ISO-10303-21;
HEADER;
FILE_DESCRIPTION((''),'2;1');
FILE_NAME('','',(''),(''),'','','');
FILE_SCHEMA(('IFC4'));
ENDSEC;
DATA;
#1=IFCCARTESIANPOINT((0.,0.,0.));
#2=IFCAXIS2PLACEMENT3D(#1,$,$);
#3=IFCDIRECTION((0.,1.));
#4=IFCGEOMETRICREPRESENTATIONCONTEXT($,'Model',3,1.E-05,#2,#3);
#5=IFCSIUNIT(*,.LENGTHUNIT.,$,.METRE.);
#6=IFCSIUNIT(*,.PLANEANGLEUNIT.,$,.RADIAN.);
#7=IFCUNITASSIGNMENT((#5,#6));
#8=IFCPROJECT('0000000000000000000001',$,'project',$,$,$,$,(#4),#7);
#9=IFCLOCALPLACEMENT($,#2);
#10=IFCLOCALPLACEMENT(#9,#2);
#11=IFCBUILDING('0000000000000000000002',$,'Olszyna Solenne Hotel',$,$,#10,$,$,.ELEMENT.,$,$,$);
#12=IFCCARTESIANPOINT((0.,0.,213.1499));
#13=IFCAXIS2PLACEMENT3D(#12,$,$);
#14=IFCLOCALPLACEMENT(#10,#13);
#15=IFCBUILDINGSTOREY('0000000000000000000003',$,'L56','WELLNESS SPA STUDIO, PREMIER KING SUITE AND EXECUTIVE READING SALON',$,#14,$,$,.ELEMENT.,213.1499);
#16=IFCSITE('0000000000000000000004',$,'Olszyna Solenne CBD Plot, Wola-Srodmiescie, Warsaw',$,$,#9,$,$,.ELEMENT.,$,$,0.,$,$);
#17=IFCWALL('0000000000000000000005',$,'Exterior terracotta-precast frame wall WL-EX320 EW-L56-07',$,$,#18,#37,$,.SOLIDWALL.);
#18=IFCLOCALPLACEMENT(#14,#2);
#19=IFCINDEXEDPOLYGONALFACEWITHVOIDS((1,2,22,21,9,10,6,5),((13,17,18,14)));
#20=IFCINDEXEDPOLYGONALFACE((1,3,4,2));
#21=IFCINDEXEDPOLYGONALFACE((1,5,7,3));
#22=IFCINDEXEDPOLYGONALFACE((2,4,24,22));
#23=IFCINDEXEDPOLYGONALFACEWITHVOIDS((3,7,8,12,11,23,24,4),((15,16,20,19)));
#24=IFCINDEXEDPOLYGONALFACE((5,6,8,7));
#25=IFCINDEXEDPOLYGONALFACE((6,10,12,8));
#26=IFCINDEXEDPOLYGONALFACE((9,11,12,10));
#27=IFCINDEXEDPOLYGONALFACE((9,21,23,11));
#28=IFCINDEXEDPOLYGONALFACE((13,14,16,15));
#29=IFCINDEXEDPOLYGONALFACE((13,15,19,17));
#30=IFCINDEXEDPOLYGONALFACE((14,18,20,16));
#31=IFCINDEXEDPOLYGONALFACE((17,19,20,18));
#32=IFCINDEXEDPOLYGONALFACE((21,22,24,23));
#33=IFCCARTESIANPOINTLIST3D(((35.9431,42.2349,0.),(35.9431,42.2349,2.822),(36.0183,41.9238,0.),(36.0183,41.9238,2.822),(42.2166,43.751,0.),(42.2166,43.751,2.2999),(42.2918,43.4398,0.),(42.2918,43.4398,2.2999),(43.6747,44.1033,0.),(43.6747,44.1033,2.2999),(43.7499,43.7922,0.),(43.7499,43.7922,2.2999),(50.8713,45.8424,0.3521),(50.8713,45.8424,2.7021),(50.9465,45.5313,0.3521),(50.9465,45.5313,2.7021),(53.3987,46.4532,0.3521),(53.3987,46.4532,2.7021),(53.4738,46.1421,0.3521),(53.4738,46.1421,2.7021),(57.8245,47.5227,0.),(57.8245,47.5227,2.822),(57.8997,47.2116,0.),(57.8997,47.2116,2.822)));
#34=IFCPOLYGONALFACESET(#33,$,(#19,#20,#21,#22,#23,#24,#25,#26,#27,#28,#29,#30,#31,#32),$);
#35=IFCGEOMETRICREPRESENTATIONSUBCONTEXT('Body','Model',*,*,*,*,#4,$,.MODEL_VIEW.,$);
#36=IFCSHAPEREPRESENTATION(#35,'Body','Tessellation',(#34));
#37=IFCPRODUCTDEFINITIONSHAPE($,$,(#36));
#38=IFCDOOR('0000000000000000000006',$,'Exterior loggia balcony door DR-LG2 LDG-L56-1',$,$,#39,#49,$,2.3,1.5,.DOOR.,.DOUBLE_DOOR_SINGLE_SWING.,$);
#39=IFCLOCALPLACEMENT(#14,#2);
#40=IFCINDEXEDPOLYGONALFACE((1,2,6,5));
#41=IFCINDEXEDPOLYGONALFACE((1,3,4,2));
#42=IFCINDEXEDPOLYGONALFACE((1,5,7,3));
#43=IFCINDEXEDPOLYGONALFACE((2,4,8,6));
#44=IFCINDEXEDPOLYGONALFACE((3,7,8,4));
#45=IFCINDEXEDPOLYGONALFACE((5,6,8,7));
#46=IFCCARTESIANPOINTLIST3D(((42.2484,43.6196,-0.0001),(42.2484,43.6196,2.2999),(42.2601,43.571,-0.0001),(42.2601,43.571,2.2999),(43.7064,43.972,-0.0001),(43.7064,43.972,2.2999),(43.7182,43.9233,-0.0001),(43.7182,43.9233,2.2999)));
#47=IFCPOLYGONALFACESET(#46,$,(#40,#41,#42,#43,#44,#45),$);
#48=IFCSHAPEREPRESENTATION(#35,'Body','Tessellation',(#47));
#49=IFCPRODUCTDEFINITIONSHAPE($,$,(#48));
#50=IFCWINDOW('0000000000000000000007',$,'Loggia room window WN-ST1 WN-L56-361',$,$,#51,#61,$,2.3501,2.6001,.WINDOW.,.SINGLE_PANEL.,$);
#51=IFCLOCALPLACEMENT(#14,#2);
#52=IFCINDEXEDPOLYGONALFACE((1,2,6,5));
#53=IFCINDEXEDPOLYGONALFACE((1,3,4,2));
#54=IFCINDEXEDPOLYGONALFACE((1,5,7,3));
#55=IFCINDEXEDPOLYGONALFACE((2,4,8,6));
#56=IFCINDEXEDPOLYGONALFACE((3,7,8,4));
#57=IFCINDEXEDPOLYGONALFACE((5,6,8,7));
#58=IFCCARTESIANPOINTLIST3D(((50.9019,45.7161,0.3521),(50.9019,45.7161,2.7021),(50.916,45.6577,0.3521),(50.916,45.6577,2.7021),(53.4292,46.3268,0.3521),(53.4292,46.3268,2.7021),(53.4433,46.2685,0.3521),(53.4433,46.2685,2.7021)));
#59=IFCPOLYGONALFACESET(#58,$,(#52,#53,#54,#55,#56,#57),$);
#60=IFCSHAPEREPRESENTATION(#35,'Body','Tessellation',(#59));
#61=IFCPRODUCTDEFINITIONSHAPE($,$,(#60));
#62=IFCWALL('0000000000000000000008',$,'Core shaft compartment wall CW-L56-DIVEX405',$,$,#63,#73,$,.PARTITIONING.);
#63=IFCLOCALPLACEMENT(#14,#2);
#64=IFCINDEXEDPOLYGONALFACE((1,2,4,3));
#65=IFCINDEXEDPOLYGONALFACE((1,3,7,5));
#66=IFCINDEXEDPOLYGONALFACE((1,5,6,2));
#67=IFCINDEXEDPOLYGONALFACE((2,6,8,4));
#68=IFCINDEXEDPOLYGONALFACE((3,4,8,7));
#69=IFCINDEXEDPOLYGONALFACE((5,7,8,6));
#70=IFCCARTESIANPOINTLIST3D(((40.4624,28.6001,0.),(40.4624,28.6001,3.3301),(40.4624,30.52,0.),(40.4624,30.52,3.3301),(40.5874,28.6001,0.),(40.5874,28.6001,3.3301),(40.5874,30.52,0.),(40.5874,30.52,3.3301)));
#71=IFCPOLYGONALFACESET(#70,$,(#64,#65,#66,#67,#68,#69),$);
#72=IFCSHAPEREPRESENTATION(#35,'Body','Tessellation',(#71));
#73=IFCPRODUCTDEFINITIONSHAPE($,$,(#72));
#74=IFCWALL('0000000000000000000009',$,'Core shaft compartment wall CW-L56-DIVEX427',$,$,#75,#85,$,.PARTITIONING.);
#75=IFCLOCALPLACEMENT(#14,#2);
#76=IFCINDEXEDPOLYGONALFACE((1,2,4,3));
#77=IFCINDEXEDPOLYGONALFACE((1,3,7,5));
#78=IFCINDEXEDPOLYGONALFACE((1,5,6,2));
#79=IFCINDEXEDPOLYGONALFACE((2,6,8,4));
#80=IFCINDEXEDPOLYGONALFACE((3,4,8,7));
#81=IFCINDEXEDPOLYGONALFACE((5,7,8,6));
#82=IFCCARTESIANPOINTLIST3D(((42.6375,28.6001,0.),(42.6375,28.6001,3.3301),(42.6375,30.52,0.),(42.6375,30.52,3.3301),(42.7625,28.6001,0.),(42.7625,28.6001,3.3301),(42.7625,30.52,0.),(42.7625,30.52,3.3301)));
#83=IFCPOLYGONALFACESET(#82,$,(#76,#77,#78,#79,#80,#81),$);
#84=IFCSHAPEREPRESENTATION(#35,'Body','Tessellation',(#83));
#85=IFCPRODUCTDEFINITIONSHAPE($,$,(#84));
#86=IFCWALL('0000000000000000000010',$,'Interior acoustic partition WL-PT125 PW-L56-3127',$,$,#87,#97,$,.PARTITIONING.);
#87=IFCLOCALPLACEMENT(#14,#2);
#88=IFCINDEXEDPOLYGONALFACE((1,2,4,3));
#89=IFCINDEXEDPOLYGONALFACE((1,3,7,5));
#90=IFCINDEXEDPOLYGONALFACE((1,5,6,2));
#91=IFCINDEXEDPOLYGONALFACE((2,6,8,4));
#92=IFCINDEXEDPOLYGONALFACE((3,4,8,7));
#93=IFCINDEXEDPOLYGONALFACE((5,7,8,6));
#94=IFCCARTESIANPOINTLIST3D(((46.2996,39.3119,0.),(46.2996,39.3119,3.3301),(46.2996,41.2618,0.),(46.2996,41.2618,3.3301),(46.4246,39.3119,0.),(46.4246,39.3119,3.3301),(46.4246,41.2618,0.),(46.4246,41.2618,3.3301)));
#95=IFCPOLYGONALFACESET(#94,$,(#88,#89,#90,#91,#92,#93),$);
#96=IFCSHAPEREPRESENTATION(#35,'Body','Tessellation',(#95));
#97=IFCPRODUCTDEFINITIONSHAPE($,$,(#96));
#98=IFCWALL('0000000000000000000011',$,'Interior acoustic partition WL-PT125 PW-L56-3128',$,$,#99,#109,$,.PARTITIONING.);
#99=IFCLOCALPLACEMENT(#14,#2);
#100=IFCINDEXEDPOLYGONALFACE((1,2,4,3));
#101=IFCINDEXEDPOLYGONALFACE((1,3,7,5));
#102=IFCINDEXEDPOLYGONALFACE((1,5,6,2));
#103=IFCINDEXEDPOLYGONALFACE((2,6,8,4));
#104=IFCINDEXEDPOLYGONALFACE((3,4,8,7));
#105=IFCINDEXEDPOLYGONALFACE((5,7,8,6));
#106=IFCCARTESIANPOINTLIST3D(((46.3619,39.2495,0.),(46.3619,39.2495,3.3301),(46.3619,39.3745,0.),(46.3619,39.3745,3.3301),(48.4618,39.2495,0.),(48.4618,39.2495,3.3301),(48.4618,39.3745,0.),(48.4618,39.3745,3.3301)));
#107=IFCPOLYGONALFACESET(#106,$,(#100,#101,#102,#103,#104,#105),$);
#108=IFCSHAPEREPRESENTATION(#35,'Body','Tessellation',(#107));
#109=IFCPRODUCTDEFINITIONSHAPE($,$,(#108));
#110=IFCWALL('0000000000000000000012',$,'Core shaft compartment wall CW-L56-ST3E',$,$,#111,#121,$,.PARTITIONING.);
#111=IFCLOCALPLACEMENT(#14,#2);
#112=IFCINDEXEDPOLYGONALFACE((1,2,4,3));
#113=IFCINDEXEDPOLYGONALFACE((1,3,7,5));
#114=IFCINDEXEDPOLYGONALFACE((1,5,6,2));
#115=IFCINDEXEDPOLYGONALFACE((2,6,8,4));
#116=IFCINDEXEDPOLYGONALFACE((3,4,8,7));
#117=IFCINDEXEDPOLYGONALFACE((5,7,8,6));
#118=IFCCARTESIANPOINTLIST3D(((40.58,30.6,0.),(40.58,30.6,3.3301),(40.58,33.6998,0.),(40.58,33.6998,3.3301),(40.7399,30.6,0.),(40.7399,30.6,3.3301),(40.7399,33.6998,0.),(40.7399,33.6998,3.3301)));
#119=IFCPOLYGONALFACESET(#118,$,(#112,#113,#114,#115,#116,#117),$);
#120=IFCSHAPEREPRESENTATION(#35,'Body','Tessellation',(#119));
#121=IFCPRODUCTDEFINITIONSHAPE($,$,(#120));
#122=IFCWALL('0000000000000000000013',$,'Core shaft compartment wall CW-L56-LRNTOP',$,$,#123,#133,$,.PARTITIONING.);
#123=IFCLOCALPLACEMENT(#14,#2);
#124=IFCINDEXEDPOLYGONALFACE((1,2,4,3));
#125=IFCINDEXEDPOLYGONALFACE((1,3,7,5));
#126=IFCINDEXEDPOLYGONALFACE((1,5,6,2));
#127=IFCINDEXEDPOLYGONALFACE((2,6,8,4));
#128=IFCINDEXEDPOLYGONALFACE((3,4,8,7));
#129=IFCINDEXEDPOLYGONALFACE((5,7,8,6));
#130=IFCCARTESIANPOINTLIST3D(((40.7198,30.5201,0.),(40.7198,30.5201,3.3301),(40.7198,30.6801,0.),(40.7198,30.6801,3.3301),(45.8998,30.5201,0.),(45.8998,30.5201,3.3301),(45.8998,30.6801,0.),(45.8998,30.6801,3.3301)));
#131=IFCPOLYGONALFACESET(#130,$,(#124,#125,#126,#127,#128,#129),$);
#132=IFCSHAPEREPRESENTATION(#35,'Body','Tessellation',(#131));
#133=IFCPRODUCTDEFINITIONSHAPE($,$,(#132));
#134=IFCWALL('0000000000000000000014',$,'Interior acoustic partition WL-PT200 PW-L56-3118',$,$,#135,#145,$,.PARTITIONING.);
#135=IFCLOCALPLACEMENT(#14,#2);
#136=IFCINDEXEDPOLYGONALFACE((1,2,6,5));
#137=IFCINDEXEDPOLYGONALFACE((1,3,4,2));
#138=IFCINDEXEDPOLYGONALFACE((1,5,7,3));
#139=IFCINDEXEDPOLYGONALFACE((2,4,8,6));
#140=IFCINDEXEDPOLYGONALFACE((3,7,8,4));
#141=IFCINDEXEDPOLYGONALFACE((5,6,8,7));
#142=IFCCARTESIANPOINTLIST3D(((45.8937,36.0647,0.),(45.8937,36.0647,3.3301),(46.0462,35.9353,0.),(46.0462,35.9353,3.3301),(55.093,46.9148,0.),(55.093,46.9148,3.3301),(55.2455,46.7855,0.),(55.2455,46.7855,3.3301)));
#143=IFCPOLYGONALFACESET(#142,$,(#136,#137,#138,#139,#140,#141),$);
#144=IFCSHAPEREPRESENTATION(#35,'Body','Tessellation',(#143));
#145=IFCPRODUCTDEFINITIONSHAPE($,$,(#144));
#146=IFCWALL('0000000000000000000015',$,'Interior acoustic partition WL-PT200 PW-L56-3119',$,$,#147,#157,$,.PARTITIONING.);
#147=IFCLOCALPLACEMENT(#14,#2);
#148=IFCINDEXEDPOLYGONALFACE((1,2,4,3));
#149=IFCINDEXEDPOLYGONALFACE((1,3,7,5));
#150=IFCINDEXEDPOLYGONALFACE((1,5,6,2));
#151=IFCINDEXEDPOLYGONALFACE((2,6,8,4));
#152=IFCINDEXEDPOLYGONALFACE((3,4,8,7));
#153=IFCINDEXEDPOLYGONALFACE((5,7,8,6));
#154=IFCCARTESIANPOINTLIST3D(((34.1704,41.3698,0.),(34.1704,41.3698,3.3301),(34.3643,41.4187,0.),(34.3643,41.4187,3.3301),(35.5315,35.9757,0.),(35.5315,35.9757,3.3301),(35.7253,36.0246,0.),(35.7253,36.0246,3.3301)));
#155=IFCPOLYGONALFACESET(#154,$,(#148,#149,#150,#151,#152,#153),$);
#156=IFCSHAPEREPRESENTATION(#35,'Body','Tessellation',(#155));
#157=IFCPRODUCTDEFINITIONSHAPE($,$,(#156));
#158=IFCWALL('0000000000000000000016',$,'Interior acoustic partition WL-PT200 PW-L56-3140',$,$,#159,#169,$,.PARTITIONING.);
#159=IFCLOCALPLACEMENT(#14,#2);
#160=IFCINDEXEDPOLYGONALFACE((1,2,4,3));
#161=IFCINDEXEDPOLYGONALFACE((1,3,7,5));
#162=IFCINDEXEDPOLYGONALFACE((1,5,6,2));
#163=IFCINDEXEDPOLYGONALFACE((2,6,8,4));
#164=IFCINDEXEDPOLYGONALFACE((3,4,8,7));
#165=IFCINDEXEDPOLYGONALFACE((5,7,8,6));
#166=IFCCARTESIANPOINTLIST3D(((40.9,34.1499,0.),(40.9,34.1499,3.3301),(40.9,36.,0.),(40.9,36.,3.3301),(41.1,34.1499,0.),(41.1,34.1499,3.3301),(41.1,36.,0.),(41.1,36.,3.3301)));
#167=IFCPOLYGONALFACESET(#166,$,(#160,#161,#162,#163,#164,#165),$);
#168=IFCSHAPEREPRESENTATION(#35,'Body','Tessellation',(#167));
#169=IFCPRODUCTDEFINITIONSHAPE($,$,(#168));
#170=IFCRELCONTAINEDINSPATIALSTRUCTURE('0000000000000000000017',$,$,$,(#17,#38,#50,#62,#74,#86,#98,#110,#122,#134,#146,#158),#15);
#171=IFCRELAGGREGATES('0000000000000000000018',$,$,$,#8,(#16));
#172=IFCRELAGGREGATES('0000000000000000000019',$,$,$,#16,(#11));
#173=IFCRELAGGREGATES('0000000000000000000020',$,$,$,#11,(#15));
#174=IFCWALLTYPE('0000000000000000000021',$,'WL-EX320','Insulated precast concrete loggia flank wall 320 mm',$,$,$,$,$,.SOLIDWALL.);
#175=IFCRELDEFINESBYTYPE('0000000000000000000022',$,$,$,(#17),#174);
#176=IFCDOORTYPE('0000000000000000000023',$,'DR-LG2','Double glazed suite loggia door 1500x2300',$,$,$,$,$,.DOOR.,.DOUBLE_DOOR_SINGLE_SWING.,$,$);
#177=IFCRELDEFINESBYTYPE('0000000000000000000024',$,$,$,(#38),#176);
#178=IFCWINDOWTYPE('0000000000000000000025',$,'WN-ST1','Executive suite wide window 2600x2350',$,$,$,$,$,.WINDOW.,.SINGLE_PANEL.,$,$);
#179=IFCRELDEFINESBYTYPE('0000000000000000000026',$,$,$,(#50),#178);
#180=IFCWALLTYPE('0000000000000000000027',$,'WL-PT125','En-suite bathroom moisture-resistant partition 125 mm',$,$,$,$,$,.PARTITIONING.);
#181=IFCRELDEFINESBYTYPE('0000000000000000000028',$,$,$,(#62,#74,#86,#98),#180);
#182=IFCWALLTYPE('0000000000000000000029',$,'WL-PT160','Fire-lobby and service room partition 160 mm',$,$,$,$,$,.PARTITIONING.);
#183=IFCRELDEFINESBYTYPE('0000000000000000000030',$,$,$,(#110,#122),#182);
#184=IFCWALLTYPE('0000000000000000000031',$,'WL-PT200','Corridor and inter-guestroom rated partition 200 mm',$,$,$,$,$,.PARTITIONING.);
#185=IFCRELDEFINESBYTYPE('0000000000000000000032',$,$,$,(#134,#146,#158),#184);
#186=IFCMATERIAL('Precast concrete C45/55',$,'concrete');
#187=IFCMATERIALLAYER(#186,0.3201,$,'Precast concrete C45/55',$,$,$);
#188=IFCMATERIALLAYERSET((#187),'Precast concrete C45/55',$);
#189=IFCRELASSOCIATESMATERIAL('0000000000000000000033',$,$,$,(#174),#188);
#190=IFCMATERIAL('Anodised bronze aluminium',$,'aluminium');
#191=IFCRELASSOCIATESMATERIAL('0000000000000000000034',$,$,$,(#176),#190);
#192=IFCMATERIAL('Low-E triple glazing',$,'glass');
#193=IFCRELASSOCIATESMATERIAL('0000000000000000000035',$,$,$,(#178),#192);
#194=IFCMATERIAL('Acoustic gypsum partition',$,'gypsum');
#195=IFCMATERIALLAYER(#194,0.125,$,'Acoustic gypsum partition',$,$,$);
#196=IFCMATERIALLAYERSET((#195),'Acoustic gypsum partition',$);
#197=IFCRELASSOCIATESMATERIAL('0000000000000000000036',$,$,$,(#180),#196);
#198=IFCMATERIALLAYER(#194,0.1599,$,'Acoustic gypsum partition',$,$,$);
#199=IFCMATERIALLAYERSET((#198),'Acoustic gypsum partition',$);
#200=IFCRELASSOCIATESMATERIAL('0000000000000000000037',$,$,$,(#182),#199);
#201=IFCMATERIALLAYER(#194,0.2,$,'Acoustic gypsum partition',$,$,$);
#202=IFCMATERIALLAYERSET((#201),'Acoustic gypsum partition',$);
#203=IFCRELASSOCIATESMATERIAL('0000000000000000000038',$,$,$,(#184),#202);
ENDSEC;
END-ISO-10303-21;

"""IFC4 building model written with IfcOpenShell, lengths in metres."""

from ifc_helpers import new_model, si_unit, direction, frame, frame_2d, origin, place, context, subcontext, project, spatial, rectangle, extrude, source, transform, mapped, material, layer, layer_set, type_object, type_shapes, element, fill, save


model = new_model("IFC4")

# Units and contexts
model_context = context("Model", 3, precision=1e-05, world=origin(), true_north=direction((0.0, 1.0)))
body_context = subcontext(model_context, "Body", "Model", "MODEL_VIEW")
ifc_project = project(units=[si_unit("LENGTHUNIT", "METRE"), si_unit("PLANEANGLEUNIT", "RADIAN")], contexts=[model_context])

# Site, building, storey
site_placement = place(None, origin())
site = spatial("IfcSite", under=ifc_project, at=site_placement, Name="Olszyna Solenne CBD Plot, Wola-Srodmiescie, Warsaw", CompositionType="ELEMENT", RefElevation=0.0)
building_placement = place(site_placement, origin())
building = spatial("IfcBuilding", under=site, at=building_placement, Name="Olszyna Solenne Hotel", CompositionType="ELEMENT")
storey_placement = place(building_placement, frame((0.0, 0.0, 213.1499)))
storey = spatial("IfcBuildingStorey", under=building, at=storey_placement, Name="L56", Description="WELLNESS SPA STUDIO, PREMIER KING SUITE AND EXECUTIVE READING SALON", CompositionType="ELEMENT", Elevation=213.1499)

# Wall, openings, door, window
ifc_material_1 = material(Name="Precast concrete C45/55", Category="concrete")
ifc_layer_1 = layer(ifc_material_1, 0.3201, Name="Precast concrete C45/55")
ifc_layer_set_1 = layer_set([ifc_layer_1], Name="Precast concrete C45/55")
wall_type_1 = type_object("IfcWallType", Name="WL-EX320", Description="Insulated precast concrete loggia flank wall 320 mm", PredefinedType="SOLIDWALL", material=ifc_layer_set_1)
wall_1_placement = place(storey_placement, frame((35.9807, 42.0793, 0.0), z_axis=(0.0, 0.0, 1.0), x_axis=(0.97202, 0.234898, 0.0)))
wall_1 = element("IfcWall", 1, at=wall_1_placement, inside=storey, type_object=wall_type_1, Name="Exterior terracotta-precast frame wall WL-EX320 EW-L56-07", PredefinedType="SOLIDWALL", context=body_context, shape_type="SweptSolid", body=[
    extrude(rectangle(XDim=22.5112, YDim=0.3201, at=frame_2d((11.2556, 0.0))), origin(), (0.0, 0.0, 1.0), 2.822),
])
opening_1_placement = place(wall_1_placement, frame((6.4541, 0.0, 0.0)))
opening_1 = element("IfcOpeningElement", 2, at=opening_1_placement, cuts=wall_1, PredefinedType="OPENING", context=body_context, shape_type="SweptSolid", body=[
    extrude(rectangle(XDim=1.5, YDim=2.3, at=frame_2d((0.75, 1.1499))), frame((0.0, 0.1699, 0.0), z_axis=(0.0, -1.0, 0.0), x_axis=(1.0, 0.0, 0.0)), (0.0, 0.0, 1.0), 0.3401),
])
opening_2_placement = place(wall_1_placement, frame((15.3579, 0.0, 0.3521)))
opening_2 = element("IfcOpeningElement", 3, at=opening_2_placement, cuts=wall_1, PredefinedType="OPENING", context=body_context, shape_type="SweptSolid", body=[
    extrude(rectangle(XDim=2.6001, YDim=2.3501, at=frame_2d((1.3, 1.175))), frame((0.0, 0.1699, 0.0), z_axis=(0.0, -1.0, 0.0), x_axis=(1.0, 0.0, 0.0)), (0.0, 0.0, 1.0), 0.3401),
])
ifc_material_2 = material(Name="Anodised bronze aluminium", Category="aluminium")
door_type_1 = type_object("IfcDoorType", Name="DR-LG2", Description="Double glazed suite loggia door 1500x2300", OperationType="DOUBLE_DOOR_SINGLE_SWING", PredefinedType="DOOR", material=ifc_material_2)
shared_shape_1 = source(origin(), body_context, "Body", "SweptSolid", [
    extrude(rectangle(XDim=1.5, YDim=2.3, at=frame_2d((0.75, 1.1499))), frame((0.0, 0.0249, 0.0), z_axis=(0.0, -1.0, 0.0), x_axis=(1.0, 0.0, 0.0)), (0.0, 0.0, 1.0), 0.05),
])
type_shapes(door_type_1, [shared_shape_1])
door_1_placement = place(opening_1_placement, origin())
door_1 = element("IfcDoor", 4, at=door_1_placement, inside=storey, type_object=door_type_1, Name="Exterior loggia balcony door DR-LG2 LDG-L56-1", OperationType="DOUBLE_DOOR_SINGLE_SWING", OverallHeight=2.3, OverallWidth=1.5, PredefinedType="DOOR", context=body_context, shape_type="MappedRepresentation", body=[
    mapped(shared_shape_1, transform((0.0, 0.0, 0.0), x_axis=(1.0, 0.0, 0.0), y_axis=(0.0, 1.0, 0.0), z_axis=(0.0, 0.0, 1.0), scale=1.0)),
])
fill(opening_1, door_1)
ifc_material_3 = material(Name="Low-E triple glazing", Category="glass")
window_type = type_object("IfcWindowType", Name="WN-ST1", Description="Executive suite wide window 2600x2350", PartitioningType="SINGLE_PANEL", PredefinedType="WINDOW", material=ifc_material_3)
shared_shape_2 = source(origin(), body_context, "Body", "SweptSolid", [
    extrude(rectangle(XDim=2.6001, YDim=2.3501, at=frame_2d((1.3, 1.175))), frame((0.0, 0.03, 0.0), z_axis=(0.0, -1.0, 0.0), x_axis=(1.0, 0.0, 0.0)), (0.0, 0.0, 1.0), 0.0601),
])
type_shapes(window_type, [shared_shape_2])
window_placement = place(opening_2_placement, origin())
window = element("IfcWindow", 5, at=window_placement, inside=storey, type_object=window_type, Name="Loggia room window WN-ST1 WN-L56-361", OverallHeight=2.3501, OverallWidth=2.6001, PartitioningType="SINGLE_PANEL", PredefinedType="WINDOW", context=body_context, shape_type="MappedRepresentation", body=[
    mapped(shared_shape_2, transform((0.0, 0.0, 0.0), x_axis=(1.0, 0.0, 0.0), y_axis=(0.0, 1.0, 0.0), z_axis=(0.0, 0.0, 1.0), scale=1.0)),
])
fill(opening_2, window)

# Walls
ifc_material_4 = material(Name="Acoustic gypsum partition", Category="gypsum")
ifc_layer_2 = layer(ifc_material_4, 0.125, Name="Acoustic gypsum partition")
ifc_layer_set_2 = layer_set([ifc_layer_2], Name="Acoustic gypsum partition")
wall_type_2 = type_object("IfcWallType", Name="WL-PT125", Description="En-suite bathroom moisture-resistant partition 125 mm", PredefinedType="PARTITIONING", material=ifc_layer_set_2)
for number, where, z_axis, x_axis, name in (
    (6, (40.5249, 28.6001, 0.0), (0.0, 0.0, 1.0), (0.0, 1.0, 0.0), "Core shaft compartment wall CW-L56-DIVEX405"),
    (7, (42.7, 28.6001, 0.0), (0.0, 0.0, 1.0), (0.0, 1.0, 0.0), "Core shaft compartment wall CW-L56-DIVEX427"),
):
    element("IfcWall", number, at=place(storey_placement, frame(where, z_axis=z_axis, x_axis=x_axis)), inside=storey, type_object=wall_type_2, Name=name, PredefinedType="PARTITIONING", context=body_context, shape_type="SweptSolid", body=[
        extrude(rectangle(XDim=1.9199, YDim=0.125, at=frame_2d((0.96, 0.0))), origin(), (0.0, 0.0, 1.0), 3.3301),
    ])
wall_2_placement = place(storey_placement, frame((46.3621, 41.262, 0.0), z_axis=(0.0, 0.0, 1.0), x_axis=(0.0, -1.0, 0.0)))
element("IfcWall", 8, at=wall_2_placement, inside=storey, type_object=wall_type_2, Name="Interior acoustic partition WL-PT125 PW-L56-3127", PredefinedType="PARTITIONING", context=body_context, shape_type="SweptSolid", body=[
    extrude(rectangle(XDim=1.95, YDim=0.125, at=frame_2d((0.9751, 0.0))), origin(), (0.0, 0.0, 1.0), 3.3301),
])
wall_3_placement = place(storey_placement, frame((46.3621, 39.312, 0.0), z_axis=(0.0, 0.0, 1.0), x_axis=(1.0, 0.0, 0.0)))
element("IfcWall", 9, at=wall_3_placement, inside=storey, type_object=wall_type_2, Name="Interior acoustic partition WL-PT125 PW-L56-3128", PredefinedType="PARTITIONING", context=body_context, shape_type="SweptSolid", body=[
    extrude(rectangle(XDim=2.0999, YDim=0.125, at=frame_2d((1.0498, 0.0))), origin(), (0.0, 0.0, 1.0), 3.3301),
])
ifc_layer_3 = layer(ifc_material_4, 0.1599, Name="Acoustic gypsum partition")
ifc_layer_set_3 = layer_set([ifc_layer_3], Name="Acoustic gypsum partition")
wall_type_3 = type_object("IfcWallType", Name="WL-PT160", Description="Fire-lobby and service room partition 160 mm", PredefinedType="PARTITIONING", material=ifc_layer_set_3)
wall_4_placement = place(storey_placement, frame((40.6599, 30.6001, 0.0), z_axis=(0.0, 0.0, 1.0), x_axis=(0.0, 1.0, 0.0)))
element("IfcWall", 10, at=wall_4_placement, inside=storey, type_object=wall_type_3, Name="Core shaft compartment wall CW-L56-ST3E", PredefinedType="PARTITIONING", context=body_context, shape_type="SweptSolid", body=[
    extrude(rectangle(XDim=3.0999, YDim=0.1599, at=frame_2d((1.5498, 0.0))), origin(), (0.0, 0.0, 1.0), 3.3301),
])
wall_5_placement = place(storey_placement, frame((40.72, 30.6001, 0.0), z_axis=(0.0, 0.0, 1.0), x_axis=(1.0, 0.0, 0.0)))
element("IfcWall", 11, at=wall_5_placement, inside=storey, type_object=wall_type_3, Name="Core shaft compartment wall CW-L56-LRNTOP", PredefinedType="PARTITIONING", context=body_context, shape_type="SweptSolid", body=[
    extrude(rectangle(XDim=5.1799, YDim=0.1599, at=frame_2d((2.5898, 0.0))), origin(), (0.0, 0.0, 1.0), 3.3301),
])
ifc_layer_4 = layer(ifc_material_4, 0.2, Name="Acoustic gypsum partition")
ifc_layer_set_4 = layer_set([ifc_layer_4], Name="Acoustic gypsum partition")
wall_type_4 = type_object("IfcWallType", Name="WL-PT200", Description="Corridor and inter-guestroom rated partition 200 mm", PredefinedType="PARTITIONING", material=ifc_layer_set_4)
wall_6_placement = place(storey_placement, frame((45.97, 36.0, 0.0), z_axis=(0.0, 0.0, 1.0), x_axis=(0.646694, 0.762749, 0.0)))
element("IfcWall", 12, at=wall_6_placement, inside=storey, type_object=wall_type_4, Name="Interior acoustic partition WL-PT200 PW-L56-3118", PredefinedType="PARTITIONING", context=body_context, shape_type="SweptSolid", body=[
    extrude(rectangle(XDim=14.2251, YDim=0.2, at=frame_2d((7.1125, 0.0))), origin(), (0.0, 0.0, 1.0), 3.3301),
])
wall_7_placement = place(storey_placement, frame((35.6284, 36.0, 0.0), z_axis=(0.0, 0.0, 1.0), x_axis=(-0.244652, 0.969611, 0.0)))
element("IfcWall", 13, at=wall_7_placement, inside=storey, type_object=wall_type_4, Name="Interior acoustic partition WL-PT200 PW-L56-3119", PredefinedType="PARTITIONING", context=body_context, shape_type="SweptSolid", body=[
    extrude(rectangle(XDim=5.5632, YDim=0.2, at=frame_2d((2.7817, 0.0))), origin(), (0.0, 0.0, 1.0), 3.3301),
])
wall_8_placement = place(storey_placement, frame((41.0, 34.1499, 0.0), z_axis=(0.0, 0.0, 1.0), x_axis=(0.0, 1.0, 0.0)))
element("IfcWall", 14, at=wall_8_placement, inside=storey, type_object=wall_type_4, Name="Interior acoustic partition WL-PT200 PW-L56-3140", PredefinedType="PARTITIONING", context=body_context, shape_type="SweptSolid", body=[
    extrude(rectangle(XDim=1.8501, YDim=0.2, at=frame_2d((0.925, 0.0))), origin(), (0.0, 0.0, 1.0), 3.3301),
])

save(model, "model.ifc")
